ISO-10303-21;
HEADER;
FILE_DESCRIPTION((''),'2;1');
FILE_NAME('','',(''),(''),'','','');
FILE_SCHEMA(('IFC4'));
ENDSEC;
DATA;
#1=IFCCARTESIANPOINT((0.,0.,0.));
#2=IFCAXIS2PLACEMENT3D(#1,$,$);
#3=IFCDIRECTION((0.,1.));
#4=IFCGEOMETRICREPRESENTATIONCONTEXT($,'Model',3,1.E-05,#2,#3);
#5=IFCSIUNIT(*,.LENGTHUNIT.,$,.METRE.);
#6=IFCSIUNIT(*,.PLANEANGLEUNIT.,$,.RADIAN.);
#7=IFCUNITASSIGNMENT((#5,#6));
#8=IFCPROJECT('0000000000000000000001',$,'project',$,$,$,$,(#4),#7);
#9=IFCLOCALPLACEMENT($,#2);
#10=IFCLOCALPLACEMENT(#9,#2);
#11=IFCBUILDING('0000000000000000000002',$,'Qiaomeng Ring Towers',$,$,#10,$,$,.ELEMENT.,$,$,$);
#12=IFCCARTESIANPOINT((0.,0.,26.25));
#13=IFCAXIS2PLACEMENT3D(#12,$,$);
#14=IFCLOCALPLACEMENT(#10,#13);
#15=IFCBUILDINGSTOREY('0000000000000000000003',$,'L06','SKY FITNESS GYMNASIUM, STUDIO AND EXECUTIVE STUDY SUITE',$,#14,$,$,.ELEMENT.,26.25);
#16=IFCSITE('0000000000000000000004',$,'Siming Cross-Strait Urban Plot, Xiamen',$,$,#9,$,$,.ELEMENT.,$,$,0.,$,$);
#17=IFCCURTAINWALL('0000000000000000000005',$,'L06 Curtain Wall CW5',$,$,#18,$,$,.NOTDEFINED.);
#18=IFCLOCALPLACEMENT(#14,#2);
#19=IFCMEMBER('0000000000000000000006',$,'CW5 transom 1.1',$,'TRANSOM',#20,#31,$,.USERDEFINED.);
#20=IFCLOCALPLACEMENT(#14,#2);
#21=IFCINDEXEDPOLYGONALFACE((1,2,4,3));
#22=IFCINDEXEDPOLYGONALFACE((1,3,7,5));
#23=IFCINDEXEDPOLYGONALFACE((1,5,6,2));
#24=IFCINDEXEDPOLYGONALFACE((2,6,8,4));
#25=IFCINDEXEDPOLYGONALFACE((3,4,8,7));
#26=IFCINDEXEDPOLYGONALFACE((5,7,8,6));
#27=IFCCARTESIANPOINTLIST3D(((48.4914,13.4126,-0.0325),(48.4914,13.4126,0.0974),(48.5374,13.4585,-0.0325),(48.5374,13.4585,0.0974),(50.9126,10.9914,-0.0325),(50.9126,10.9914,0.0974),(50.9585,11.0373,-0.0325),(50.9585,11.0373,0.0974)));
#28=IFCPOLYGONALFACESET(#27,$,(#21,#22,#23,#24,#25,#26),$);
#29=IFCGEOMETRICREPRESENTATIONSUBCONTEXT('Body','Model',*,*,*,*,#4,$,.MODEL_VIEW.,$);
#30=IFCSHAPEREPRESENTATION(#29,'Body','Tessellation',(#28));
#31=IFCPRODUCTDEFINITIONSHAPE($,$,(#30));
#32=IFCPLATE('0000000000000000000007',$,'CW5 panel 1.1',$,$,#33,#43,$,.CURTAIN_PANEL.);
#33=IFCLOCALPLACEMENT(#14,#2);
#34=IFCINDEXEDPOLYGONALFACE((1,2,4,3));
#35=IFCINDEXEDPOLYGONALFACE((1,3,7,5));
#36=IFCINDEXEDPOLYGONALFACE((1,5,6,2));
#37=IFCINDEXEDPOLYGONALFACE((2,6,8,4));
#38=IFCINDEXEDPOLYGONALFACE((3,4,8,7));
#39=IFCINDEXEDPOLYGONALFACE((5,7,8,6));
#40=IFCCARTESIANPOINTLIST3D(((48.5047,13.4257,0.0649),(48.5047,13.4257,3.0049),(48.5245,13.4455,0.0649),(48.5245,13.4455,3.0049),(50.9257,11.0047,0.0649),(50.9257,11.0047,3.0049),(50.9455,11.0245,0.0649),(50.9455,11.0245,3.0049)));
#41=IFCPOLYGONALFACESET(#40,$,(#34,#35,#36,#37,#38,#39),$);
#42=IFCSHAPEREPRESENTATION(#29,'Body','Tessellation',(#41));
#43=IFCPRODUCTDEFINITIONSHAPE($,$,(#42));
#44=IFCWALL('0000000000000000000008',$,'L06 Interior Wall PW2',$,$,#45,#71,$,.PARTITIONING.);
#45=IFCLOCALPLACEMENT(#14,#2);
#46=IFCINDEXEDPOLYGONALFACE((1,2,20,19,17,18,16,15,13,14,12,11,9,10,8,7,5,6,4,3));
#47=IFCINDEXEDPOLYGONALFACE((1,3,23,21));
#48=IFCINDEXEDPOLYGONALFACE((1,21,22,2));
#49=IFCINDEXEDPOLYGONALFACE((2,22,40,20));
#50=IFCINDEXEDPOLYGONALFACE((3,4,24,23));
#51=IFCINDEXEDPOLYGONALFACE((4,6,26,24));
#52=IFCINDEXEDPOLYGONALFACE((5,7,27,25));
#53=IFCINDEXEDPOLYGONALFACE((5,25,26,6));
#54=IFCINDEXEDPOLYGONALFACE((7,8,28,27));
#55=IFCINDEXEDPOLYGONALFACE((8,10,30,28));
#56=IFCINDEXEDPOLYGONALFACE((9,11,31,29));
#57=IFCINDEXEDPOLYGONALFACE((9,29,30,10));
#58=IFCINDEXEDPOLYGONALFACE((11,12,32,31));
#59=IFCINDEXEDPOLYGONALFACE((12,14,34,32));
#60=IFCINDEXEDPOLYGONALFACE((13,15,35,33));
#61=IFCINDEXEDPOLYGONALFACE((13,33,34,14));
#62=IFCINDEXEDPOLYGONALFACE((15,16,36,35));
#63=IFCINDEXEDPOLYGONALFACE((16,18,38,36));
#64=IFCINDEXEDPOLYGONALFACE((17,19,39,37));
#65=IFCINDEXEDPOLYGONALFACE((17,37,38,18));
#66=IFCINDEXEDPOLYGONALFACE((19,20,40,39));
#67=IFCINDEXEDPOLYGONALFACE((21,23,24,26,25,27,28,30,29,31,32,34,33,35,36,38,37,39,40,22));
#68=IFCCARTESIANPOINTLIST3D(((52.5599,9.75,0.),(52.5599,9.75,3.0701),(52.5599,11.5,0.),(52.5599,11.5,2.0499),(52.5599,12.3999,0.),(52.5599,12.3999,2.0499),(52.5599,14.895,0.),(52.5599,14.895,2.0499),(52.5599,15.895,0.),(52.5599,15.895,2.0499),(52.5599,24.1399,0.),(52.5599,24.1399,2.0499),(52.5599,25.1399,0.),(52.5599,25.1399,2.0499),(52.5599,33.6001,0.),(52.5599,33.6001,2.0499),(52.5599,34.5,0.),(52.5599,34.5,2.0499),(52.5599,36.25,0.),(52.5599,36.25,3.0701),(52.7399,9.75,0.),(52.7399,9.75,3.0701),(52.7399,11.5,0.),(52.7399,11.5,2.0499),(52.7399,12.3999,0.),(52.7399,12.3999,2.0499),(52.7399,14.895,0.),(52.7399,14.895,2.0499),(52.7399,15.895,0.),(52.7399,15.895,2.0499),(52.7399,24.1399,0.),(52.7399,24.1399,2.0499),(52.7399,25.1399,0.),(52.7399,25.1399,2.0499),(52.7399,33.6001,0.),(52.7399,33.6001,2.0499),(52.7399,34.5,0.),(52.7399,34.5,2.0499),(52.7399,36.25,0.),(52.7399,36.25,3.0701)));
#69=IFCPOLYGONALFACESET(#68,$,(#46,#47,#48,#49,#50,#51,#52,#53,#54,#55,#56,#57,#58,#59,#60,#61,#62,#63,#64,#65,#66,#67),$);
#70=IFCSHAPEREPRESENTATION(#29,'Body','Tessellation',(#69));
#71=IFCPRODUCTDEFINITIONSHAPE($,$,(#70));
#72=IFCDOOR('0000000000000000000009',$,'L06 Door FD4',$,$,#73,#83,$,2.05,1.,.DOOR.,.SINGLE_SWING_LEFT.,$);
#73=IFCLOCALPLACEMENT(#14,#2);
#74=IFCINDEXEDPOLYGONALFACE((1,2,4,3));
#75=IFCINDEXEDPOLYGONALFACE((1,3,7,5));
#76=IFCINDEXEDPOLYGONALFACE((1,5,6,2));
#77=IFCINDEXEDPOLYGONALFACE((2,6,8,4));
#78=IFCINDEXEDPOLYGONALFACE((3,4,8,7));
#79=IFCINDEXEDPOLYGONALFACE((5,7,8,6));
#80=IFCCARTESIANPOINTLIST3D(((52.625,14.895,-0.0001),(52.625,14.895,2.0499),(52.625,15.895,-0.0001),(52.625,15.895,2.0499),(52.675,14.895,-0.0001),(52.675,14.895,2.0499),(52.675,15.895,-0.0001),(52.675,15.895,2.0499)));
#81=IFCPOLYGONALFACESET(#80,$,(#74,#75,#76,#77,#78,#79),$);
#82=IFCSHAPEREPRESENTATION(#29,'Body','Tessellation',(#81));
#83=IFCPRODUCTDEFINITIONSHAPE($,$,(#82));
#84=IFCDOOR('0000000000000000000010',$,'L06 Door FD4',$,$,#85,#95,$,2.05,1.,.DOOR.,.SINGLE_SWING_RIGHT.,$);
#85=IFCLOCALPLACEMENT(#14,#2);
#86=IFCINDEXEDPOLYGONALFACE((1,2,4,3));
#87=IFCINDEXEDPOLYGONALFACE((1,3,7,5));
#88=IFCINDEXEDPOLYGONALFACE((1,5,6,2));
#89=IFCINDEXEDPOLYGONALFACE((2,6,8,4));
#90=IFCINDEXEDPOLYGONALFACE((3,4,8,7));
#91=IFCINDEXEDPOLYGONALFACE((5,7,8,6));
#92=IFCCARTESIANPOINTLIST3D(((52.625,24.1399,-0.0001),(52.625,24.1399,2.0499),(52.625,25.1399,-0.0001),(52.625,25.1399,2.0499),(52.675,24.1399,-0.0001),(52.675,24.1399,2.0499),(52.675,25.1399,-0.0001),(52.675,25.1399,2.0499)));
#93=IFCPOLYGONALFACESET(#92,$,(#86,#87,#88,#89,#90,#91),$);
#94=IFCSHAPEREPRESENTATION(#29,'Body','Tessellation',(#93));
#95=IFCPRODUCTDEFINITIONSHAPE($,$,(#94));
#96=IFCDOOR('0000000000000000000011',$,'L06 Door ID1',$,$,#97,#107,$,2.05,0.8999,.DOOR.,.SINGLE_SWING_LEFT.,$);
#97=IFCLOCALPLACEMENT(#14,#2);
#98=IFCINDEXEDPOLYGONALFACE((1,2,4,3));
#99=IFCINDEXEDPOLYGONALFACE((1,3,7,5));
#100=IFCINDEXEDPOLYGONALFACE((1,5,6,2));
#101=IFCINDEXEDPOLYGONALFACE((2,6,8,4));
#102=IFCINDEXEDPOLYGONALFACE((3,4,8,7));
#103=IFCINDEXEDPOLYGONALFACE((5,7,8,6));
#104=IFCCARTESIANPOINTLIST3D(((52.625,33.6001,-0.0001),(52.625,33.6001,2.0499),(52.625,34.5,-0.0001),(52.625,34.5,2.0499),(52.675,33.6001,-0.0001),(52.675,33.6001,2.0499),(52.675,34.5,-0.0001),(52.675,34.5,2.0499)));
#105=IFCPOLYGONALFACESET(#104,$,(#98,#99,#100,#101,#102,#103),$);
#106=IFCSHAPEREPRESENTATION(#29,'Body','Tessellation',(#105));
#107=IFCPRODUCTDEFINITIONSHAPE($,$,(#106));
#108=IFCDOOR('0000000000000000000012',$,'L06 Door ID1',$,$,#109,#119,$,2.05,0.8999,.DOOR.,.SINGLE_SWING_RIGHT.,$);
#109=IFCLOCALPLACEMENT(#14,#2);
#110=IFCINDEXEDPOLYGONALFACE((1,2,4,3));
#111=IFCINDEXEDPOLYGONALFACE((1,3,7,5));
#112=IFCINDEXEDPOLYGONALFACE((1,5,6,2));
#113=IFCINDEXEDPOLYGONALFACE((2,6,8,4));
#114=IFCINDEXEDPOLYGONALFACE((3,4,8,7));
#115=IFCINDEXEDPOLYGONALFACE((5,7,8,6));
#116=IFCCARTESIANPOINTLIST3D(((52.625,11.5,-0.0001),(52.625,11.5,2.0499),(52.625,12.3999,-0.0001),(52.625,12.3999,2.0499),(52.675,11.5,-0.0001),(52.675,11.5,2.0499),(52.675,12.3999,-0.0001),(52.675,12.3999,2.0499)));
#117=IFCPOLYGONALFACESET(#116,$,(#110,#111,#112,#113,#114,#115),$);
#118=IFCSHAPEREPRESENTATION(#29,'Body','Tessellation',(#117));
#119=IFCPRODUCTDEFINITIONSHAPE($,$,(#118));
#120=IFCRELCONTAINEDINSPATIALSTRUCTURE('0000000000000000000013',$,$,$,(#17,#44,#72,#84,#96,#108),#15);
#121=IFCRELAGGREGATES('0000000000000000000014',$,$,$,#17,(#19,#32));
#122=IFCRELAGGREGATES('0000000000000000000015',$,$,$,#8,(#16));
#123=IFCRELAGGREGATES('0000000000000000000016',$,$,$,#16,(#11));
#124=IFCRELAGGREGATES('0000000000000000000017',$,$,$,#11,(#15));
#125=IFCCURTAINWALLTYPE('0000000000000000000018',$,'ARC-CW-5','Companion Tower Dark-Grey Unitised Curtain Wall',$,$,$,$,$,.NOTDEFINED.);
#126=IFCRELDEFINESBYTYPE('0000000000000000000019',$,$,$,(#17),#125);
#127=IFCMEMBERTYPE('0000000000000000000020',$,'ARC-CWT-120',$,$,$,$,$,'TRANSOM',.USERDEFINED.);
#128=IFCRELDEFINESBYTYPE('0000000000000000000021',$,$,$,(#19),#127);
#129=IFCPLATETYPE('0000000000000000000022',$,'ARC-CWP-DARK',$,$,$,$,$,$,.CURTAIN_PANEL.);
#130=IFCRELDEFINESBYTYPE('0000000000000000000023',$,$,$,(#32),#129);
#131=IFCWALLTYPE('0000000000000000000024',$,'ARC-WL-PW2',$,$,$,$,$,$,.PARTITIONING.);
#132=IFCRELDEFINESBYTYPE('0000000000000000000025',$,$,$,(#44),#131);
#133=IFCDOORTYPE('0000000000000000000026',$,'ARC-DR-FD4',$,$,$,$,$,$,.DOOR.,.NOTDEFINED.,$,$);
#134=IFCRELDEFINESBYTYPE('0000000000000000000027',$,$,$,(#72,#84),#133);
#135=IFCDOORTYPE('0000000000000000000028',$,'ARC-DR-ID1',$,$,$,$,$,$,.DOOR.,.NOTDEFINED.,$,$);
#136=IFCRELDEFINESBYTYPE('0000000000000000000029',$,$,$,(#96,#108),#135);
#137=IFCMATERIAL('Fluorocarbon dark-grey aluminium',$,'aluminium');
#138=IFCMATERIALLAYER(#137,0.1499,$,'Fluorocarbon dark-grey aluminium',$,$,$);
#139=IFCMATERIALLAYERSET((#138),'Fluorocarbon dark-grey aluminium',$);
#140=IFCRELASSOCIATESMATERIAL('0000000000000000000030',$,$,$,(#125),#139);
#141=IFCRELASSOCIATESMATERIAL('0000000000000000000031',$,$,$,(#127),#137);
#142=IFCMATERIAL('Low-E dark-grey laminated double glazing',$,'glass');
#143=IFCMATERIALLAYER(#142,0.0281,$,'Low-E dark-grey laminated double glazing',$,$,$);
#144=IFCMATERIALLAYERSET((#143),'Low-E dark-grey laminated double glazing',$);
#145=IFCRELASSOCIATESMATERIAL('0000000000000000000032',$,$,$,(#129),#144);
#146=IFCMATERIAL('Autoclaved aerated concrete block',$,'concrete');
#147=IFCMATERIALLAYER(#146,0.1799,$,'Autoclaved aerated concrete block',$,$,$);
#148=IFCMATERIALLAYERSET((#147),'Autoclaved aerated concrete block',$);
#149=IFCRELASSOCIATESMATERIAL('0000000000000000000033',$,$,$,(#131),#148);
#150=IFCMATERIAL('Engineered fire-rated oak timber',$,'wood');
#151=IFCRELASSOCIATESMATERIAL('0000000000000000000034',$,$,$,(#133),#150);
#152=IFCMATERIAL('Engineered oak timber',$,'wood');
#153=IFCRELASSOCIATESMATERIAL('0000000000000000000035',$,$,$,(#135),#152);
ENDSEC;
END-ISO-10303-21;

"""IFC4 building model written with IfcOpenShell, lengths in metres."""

from ifc_helpers import new_model, si_unit, direction, frame, frame_2d, origin, origin_2d, place, context, subcontext, project, spatial, rectangle, extrude, source, transform, mapped, material, layer, layer_set, material_profile, profile_set, type_object, element, fill, aggregate, save


model = new_model("IFC4")

# Units and contexts
model_context = context("Model", 3, precision=1e-05, world=origin(), true_north=direction((0.0, 1.0)))
body_context = subcontext(model_context, "Body", "Model", "MODEL_VIEW")
ifc_project = project(units=[si_unit("LENGTHUNIT", "METRE"), si_unit("PLANEANGLEUNIT", "RADIAN")], contexts=[model_context])

# Site, building, storey
site_placement = place(None, origin())
site = spatial("IfcSite", under=ifc_project, at=site_placement, Name="Siming Cross-Strait Urban Plot, Xiamen", CompositionType="ELEMENT", RefElevation=0.0)
building_placement = place(site_placement, origin())
building = spatial("IfcBuilding", under=site, at=building_placement, Name="Qiaomeng Ring Towers", CompositionType="ELEMENT")
storey_placement = place(building_placement, frame((0.0, 0.0, 26.25)))
storey = spatial("IfcBuildingStorey", under=building, at=storey_placement, Name="L06", Description="SKY FITNESS GYMNASIUM, STUDIO AND EXECUTIVE STUDY SUITE", CompositionType="ELEMENT", Elevation=26.25)

# Curtain wall
ifc_material_1 = material(Name="Fluorocarbon dark-grey aluminium", Category="aluminium")
ifc_layer_1 = layer(ifc_material_1, 0.1499, Name="Fluorocarbon dark-grey aluminium")
ifc_layer_set_1 = layer_set([ifc_layer_1], Name="Fluorocarbon dark-grey aluminium")
curtain_wall_type = type_object("IfcCurtainWallType", Name="ARC-CW-5", Description="Companion Tower Dark-Grey Unitised Curtain Wall", PredefinedType="NOTDEFINED", material=ifc_layer_set_1)
curtain_wall_1_placement = place(storey_placement, origin())
curtain_wall_1 = element("IfcCurtainWall", 1, at=curtain_wall_1_placement, inside=storey, type_object=curtain_wall_type, Name="L06 Curtain Wall CW5", PredefinedType="NOTDEFINED")

# Shared definitions
ifc_material_profile_1 = material_profile(ifc_material_1, rectangle(XDim=0.0649, YDim=0.1299, at=origin_2d()), Name="ALU TRAN 65x130")
ifc_profile_set_1 = profile_set([ifc_material_profile_1], Name="Fluorocarbon dark-grey aluminium")
member_type_1 = type_object("IfcMemberType", Name="ARC-CWT-120", ElementType="TRANSOM", PredefinedType="USERDEFINED", material=ifc_profile_set_1)

# Member
shared_shape_1 = source(origin(), body_context, "Body", "SweptSolid", [
    extrude(rectangle(XDim=0.0649, YDim=0.1299, at=origin_2d()), origin(), (0.0, 0.0, 1.0), 3.4241),
])
member_1_placement = place(storey_placement, frame((48.5144, 13.4355, 0.0325), z_axis=(0.707107, -0.707107, 0.0), x_axis=(0.707107, 0.707107, 0.0)))
member_1 = element("IfcMember", 2, at=member_1_placement, type_object=member_type_1, Name="CW5 transom 1.1", ObjectType="TRANSOM", PredefinedType="USERDEFINED", context=body_context, shape_type="MappedRepresentation", body=[
    mapped(shared_shape_1, transform((0.0, 0.0, 0.0), x_axis=(1.0, 0.0, 0.0), y_axis=(0.0, 1.0, 0.0), z_axis=(0.0, 0.0, 1.0), scale=1.0)),
])

# Plate
ifc_material_2 = material(Name="Low-E dark-grey laminated double glazing", Category="glass")
ifc_layer_2 = layer(ifc_material_2, 0.0281, Name="Low-E dark-grey laminated double glazing")
ifc_layer_set_2 = layer_set([ifc_layer_2], Name="Low-E dark-grey laminated double glazing")
plate_type = type_object("IfcPlateType", Name="ARC-CWP-DARK", PredefinedType="CURTAIN_PANEL", material=ifc_layer_set_2)
shared_shape_2 = source(origin(), body_context, "Body", "SweptSolid", [
    extrude(rectangle(XDim=3.4238, YDim=0.0281, at=origin_2d()), origin(), (0.0, 0.0, 1.0), 2.9399),
])
plate_placement = place(storey_placement, frame((49.7251, 12.2251, 0.0649), z_axis=(0.0, 0.0, 1.0), x_axis=(0.707107, -0.707107, 0.0)))
plate = element("IfcPlate", 3, at=plate_placement, type_object=plate_type, Name="CW5 panel 1.1", PredefinedType="CURTAIN_PANEL", context=body_context, shape_type="MappedRepresentation", body=[
    mapped(shared_shape_2, transform((0.0, 0.0, 0.0), x_axis=(1.0, 0.0, 0.0), y_axis=(0.0, 1.0, 0.0), z_axis=(0.0, 0.0, 1.0), scale=1.0)),
])
aggregate(curtain_wall_1, [member_1, plate])

# Wall, openings, doors
ifc_material_3 = material(Name="Autoclaved aerated concrete block", Category="concrete")
ifc_layer_3 = layer(ifc_material_3, 0.1799, Name="Autoclaved aerated concrete block")
ifc_layer_set_3 = layer_set([ifc_layer_3], Name="Autoclaved aerated concrete block")
wall_type_1 = type_object("IfcWallType", Name="ARC-WL-PW2", PredefinedType="PARTITIONING", material=ifc_layer_set_3)
wall_1_placement = place(storey_placement, frame((52.6499, 9.75, 0.0), z_axis=(0.0, 0.0, 1.0), x_axis=(0.0, 1.0, 0.0)))
wall_1 = element("IfcWall", 4, at=wall_1_placement, inside=storey, type_object=wall_type_1, Name="L06 Interior Wall PW2", PredefinedType="PARTITIONING", context=body_context, shape_type="SweptSolid", body=[
    extrude(rectangle(XDim=26.5, YDim=0.1799, at=frame_2d((13.25, 0.0))), origin(), (0.0, 0.0, 1.0), 3.0701),
])
opening_1_placement = place(wall_1_placement, frame((23.8501, 0.0, 0.0)))
opening_1 = element("IfcOpeningElement", 5, at=opening_1_placement, cuts=wall_1, PredefinedType="OPENING", context=body_context, shape_type="SweptSolid", body=[
    extrude(rectangle(XDim=0.8999, YDim=2.05, at=frame_2d((0.45, 1.0249))), frame((0.0, 0.0999, 0.0), z_axis=(0.0, -1.0, 0.0), x_axis=(1.0, 0.0, 0.0)), (0.0, 0.0, 1.0), 0.2),
])
opening_2_placement = place(wall_1_placement, frame((1.75, 0.0, 0.0)))
opening_2 = element("IfcOpeningElement", 6, at=opening_2_placement, cuts=wall_1, PredefinedType="OPENING", context=body_context, shape_type="SweptSolid", body=[
    extrude(rectangle(XDim=0.8999, YDim=2.05, at=frame_2d((0.45, 1.0249))), frame((0.0, 0.0999, 0.0), z_axis=(0.0, -1.0, 0.0), x_axis=(1.0, 0.0, 0.0)), (0.0, 0.0, 1.0), 0.2),
])
opening_3_placement = place(wall_1_placement, frame((5.145, 0.0, 0.0)))
opening_3 = element("IfcOpeningElement", 7, at=opening_3_placement, cuts=wall_1, PredefinedType="OPENING", context=body_context, shape_type="SweptSolid", body=[
    extrude(rectangle(XDim=1.0, YDim=2.05, at=frame_2d((0.5, 1.0249))), frame((0.0, 0.0999, 0.0), z_axis=(0.0, -1.0, 0.0), x_axis=(1.0, 0.0, 0.0)), (0.0, 0.0, 1.0), 0.2),
])
opening_4_placement = place(wall_1_placement, frame((14.3899, 0.0, 0.0)))
opening_4 = element("IfcOpeningElement", 8, at=opening_4_placement, cuts=wall_1, PredefinedType="OPENING", context=body_context, shape_type="SweptSolid", body=[
    extrude(rectangle(XDim=1.0, YDim=2.05, at=frame_2d((0.5, 1.0249))), frame((0.0, 0.0999, 0.0), z_axis=(0.0, -1.0, 0.0), x_axis=(1.0, 0.0, 0.0)), (0.0, 0.0, 1.0), 0.2),
])
ifc_material_4 = material(Name="Engineered fire-rated oak timber", Category="wood")
door_type_1 = type_object("IfcDoorType", Name="ARC-DR-FD4", OperationType="NOTDEFINED", PredefinedType="DOOR", material=ifc_material_4)
shared_shape_3 = source(origin(), body_context, "Body", "SweptSolid", [
    extrude(rectangle(XDim=1.0, YDim=2.05, at=frame_2d((0.5, 1.0249))), frame((0.0, 0.0249, 0.0), z_axis=(0.0, -1.0, 0.0), x_axis=(1.0, 0.0, 0.0)), (0.0, 0.0, 1.0), 0.05),
])
door_1_placement = place(opening_3_placement, origin())
door_1 = element("IfcDoor", 9, at=door_1_placement, inside=storey, type_object=door_type_1, Name="L06 Door FD4", OperationType="SINGLE_SWING_LEFT", OverallHeight=2.05, OverallWidth=1.0, PredefinedType="DOOR", context=body_context, shape_type="MappedRepresentation", body=[
    mapped(shared_shape_3, transform((0.0, 0.0, 0.0), x_axis=(1.0, 0.0, 0.0), y_axis=(0.0, 1.0, 0.0), z_axis=(0.0, 0.0, 1.0), scale=1.0)),
])
fill(opening_3, door_1)
door_2_placement = place(opening_4_placement, origin())
door_2 = element("IfcDoor", 10, at=door_2_placement, inside=storey, type_object=door_type_1, Name="L06 Door FD4", OperationType="SINGLE_SWING_RIGHT", OverallHeight=2.05, OverallWidth=1.0, PredefinedType="DOOR", context=body_context, shape_type="MappedRepresentation", body=[
    mapped(shared_shape_3, transform((0.0, 0.0, 0.0), x_axis=(1.0, 0.0, 0.0), y_axis=(0.0, 1.0, 0.0), z_axis=(0.0, 0.0, 1.0), scale=1.0)),
])
fill(opening_4, door_2)
ifc_material_5 = material(Name="Engineered oak timber", Category="wood")
door_type_2 = type_object("IfcDoorType", Name="ARC-DR-ID1", OperationType="NOTDEFINED", PredefinedType="DOOR", material=ifc_material_5)
shared_shape_4 = source(origin(), body_context, "Body", "SweptSolid", [
    extrude(rectangle(XDim=0.8999, YDim=2.05, at=frame_2d((0.45, 1.0249))), frame((0.0, 0.0249, 0.0), z_axis=(0.0, -1.0, 0.0), x_axis=(1.0, 0.0, 0.0)), (0.0, 0.0, 1.0), 0.05),
])
door_3_placement = place(opening_1_placement, origin())
door_3 = element("IfcDoor", 11, at=door_3_placement, inside=storey, type_object=door_type_2, Name="L06 Door ID1", OperationType="SINGLE_SWING_LEFT", OverallHeight=2.05, OverallWidth=0.8999, PredefinedType="DOOR", context=body_context, shape_type="MappedRepresentation", body=[
    mapped(shared_shape_4, transform((0.0, 0.0, 0.0), x_axis=(1.0, 0.0, 0.0), y_axis=(0.0, 1.0, 0.0), z_axis=(0.0, 0.0, 1.0), scale=1.0)),
])
fill(opening_1, door_3)
door_4_placement = place(opening_2_placement, origin())
door_4 = element("IfcDoor", 12, at=door_4_placement, inside=storey, type_object=door_type_2, Name="L06 Door ID1", OperationType="SINGLE_SWING_RIGHT", OverallHeight=2.05, OverallWidth=0.8999, PredefinedType="DOOR", context=body_context, shape_type="MappedRepresentation", body=[
    mapped(shared_shape_4, transform((0.0, 0.0, 0.0), x_axis=(1.0, 0.0, 0.0), y_axis=(0.0, 1.0, 0.0), z_axis=(0.0, 0.0, 1.0), scale=1.0)),
])
fill(opening_2, door_4)

save(model, "model.ifc")
